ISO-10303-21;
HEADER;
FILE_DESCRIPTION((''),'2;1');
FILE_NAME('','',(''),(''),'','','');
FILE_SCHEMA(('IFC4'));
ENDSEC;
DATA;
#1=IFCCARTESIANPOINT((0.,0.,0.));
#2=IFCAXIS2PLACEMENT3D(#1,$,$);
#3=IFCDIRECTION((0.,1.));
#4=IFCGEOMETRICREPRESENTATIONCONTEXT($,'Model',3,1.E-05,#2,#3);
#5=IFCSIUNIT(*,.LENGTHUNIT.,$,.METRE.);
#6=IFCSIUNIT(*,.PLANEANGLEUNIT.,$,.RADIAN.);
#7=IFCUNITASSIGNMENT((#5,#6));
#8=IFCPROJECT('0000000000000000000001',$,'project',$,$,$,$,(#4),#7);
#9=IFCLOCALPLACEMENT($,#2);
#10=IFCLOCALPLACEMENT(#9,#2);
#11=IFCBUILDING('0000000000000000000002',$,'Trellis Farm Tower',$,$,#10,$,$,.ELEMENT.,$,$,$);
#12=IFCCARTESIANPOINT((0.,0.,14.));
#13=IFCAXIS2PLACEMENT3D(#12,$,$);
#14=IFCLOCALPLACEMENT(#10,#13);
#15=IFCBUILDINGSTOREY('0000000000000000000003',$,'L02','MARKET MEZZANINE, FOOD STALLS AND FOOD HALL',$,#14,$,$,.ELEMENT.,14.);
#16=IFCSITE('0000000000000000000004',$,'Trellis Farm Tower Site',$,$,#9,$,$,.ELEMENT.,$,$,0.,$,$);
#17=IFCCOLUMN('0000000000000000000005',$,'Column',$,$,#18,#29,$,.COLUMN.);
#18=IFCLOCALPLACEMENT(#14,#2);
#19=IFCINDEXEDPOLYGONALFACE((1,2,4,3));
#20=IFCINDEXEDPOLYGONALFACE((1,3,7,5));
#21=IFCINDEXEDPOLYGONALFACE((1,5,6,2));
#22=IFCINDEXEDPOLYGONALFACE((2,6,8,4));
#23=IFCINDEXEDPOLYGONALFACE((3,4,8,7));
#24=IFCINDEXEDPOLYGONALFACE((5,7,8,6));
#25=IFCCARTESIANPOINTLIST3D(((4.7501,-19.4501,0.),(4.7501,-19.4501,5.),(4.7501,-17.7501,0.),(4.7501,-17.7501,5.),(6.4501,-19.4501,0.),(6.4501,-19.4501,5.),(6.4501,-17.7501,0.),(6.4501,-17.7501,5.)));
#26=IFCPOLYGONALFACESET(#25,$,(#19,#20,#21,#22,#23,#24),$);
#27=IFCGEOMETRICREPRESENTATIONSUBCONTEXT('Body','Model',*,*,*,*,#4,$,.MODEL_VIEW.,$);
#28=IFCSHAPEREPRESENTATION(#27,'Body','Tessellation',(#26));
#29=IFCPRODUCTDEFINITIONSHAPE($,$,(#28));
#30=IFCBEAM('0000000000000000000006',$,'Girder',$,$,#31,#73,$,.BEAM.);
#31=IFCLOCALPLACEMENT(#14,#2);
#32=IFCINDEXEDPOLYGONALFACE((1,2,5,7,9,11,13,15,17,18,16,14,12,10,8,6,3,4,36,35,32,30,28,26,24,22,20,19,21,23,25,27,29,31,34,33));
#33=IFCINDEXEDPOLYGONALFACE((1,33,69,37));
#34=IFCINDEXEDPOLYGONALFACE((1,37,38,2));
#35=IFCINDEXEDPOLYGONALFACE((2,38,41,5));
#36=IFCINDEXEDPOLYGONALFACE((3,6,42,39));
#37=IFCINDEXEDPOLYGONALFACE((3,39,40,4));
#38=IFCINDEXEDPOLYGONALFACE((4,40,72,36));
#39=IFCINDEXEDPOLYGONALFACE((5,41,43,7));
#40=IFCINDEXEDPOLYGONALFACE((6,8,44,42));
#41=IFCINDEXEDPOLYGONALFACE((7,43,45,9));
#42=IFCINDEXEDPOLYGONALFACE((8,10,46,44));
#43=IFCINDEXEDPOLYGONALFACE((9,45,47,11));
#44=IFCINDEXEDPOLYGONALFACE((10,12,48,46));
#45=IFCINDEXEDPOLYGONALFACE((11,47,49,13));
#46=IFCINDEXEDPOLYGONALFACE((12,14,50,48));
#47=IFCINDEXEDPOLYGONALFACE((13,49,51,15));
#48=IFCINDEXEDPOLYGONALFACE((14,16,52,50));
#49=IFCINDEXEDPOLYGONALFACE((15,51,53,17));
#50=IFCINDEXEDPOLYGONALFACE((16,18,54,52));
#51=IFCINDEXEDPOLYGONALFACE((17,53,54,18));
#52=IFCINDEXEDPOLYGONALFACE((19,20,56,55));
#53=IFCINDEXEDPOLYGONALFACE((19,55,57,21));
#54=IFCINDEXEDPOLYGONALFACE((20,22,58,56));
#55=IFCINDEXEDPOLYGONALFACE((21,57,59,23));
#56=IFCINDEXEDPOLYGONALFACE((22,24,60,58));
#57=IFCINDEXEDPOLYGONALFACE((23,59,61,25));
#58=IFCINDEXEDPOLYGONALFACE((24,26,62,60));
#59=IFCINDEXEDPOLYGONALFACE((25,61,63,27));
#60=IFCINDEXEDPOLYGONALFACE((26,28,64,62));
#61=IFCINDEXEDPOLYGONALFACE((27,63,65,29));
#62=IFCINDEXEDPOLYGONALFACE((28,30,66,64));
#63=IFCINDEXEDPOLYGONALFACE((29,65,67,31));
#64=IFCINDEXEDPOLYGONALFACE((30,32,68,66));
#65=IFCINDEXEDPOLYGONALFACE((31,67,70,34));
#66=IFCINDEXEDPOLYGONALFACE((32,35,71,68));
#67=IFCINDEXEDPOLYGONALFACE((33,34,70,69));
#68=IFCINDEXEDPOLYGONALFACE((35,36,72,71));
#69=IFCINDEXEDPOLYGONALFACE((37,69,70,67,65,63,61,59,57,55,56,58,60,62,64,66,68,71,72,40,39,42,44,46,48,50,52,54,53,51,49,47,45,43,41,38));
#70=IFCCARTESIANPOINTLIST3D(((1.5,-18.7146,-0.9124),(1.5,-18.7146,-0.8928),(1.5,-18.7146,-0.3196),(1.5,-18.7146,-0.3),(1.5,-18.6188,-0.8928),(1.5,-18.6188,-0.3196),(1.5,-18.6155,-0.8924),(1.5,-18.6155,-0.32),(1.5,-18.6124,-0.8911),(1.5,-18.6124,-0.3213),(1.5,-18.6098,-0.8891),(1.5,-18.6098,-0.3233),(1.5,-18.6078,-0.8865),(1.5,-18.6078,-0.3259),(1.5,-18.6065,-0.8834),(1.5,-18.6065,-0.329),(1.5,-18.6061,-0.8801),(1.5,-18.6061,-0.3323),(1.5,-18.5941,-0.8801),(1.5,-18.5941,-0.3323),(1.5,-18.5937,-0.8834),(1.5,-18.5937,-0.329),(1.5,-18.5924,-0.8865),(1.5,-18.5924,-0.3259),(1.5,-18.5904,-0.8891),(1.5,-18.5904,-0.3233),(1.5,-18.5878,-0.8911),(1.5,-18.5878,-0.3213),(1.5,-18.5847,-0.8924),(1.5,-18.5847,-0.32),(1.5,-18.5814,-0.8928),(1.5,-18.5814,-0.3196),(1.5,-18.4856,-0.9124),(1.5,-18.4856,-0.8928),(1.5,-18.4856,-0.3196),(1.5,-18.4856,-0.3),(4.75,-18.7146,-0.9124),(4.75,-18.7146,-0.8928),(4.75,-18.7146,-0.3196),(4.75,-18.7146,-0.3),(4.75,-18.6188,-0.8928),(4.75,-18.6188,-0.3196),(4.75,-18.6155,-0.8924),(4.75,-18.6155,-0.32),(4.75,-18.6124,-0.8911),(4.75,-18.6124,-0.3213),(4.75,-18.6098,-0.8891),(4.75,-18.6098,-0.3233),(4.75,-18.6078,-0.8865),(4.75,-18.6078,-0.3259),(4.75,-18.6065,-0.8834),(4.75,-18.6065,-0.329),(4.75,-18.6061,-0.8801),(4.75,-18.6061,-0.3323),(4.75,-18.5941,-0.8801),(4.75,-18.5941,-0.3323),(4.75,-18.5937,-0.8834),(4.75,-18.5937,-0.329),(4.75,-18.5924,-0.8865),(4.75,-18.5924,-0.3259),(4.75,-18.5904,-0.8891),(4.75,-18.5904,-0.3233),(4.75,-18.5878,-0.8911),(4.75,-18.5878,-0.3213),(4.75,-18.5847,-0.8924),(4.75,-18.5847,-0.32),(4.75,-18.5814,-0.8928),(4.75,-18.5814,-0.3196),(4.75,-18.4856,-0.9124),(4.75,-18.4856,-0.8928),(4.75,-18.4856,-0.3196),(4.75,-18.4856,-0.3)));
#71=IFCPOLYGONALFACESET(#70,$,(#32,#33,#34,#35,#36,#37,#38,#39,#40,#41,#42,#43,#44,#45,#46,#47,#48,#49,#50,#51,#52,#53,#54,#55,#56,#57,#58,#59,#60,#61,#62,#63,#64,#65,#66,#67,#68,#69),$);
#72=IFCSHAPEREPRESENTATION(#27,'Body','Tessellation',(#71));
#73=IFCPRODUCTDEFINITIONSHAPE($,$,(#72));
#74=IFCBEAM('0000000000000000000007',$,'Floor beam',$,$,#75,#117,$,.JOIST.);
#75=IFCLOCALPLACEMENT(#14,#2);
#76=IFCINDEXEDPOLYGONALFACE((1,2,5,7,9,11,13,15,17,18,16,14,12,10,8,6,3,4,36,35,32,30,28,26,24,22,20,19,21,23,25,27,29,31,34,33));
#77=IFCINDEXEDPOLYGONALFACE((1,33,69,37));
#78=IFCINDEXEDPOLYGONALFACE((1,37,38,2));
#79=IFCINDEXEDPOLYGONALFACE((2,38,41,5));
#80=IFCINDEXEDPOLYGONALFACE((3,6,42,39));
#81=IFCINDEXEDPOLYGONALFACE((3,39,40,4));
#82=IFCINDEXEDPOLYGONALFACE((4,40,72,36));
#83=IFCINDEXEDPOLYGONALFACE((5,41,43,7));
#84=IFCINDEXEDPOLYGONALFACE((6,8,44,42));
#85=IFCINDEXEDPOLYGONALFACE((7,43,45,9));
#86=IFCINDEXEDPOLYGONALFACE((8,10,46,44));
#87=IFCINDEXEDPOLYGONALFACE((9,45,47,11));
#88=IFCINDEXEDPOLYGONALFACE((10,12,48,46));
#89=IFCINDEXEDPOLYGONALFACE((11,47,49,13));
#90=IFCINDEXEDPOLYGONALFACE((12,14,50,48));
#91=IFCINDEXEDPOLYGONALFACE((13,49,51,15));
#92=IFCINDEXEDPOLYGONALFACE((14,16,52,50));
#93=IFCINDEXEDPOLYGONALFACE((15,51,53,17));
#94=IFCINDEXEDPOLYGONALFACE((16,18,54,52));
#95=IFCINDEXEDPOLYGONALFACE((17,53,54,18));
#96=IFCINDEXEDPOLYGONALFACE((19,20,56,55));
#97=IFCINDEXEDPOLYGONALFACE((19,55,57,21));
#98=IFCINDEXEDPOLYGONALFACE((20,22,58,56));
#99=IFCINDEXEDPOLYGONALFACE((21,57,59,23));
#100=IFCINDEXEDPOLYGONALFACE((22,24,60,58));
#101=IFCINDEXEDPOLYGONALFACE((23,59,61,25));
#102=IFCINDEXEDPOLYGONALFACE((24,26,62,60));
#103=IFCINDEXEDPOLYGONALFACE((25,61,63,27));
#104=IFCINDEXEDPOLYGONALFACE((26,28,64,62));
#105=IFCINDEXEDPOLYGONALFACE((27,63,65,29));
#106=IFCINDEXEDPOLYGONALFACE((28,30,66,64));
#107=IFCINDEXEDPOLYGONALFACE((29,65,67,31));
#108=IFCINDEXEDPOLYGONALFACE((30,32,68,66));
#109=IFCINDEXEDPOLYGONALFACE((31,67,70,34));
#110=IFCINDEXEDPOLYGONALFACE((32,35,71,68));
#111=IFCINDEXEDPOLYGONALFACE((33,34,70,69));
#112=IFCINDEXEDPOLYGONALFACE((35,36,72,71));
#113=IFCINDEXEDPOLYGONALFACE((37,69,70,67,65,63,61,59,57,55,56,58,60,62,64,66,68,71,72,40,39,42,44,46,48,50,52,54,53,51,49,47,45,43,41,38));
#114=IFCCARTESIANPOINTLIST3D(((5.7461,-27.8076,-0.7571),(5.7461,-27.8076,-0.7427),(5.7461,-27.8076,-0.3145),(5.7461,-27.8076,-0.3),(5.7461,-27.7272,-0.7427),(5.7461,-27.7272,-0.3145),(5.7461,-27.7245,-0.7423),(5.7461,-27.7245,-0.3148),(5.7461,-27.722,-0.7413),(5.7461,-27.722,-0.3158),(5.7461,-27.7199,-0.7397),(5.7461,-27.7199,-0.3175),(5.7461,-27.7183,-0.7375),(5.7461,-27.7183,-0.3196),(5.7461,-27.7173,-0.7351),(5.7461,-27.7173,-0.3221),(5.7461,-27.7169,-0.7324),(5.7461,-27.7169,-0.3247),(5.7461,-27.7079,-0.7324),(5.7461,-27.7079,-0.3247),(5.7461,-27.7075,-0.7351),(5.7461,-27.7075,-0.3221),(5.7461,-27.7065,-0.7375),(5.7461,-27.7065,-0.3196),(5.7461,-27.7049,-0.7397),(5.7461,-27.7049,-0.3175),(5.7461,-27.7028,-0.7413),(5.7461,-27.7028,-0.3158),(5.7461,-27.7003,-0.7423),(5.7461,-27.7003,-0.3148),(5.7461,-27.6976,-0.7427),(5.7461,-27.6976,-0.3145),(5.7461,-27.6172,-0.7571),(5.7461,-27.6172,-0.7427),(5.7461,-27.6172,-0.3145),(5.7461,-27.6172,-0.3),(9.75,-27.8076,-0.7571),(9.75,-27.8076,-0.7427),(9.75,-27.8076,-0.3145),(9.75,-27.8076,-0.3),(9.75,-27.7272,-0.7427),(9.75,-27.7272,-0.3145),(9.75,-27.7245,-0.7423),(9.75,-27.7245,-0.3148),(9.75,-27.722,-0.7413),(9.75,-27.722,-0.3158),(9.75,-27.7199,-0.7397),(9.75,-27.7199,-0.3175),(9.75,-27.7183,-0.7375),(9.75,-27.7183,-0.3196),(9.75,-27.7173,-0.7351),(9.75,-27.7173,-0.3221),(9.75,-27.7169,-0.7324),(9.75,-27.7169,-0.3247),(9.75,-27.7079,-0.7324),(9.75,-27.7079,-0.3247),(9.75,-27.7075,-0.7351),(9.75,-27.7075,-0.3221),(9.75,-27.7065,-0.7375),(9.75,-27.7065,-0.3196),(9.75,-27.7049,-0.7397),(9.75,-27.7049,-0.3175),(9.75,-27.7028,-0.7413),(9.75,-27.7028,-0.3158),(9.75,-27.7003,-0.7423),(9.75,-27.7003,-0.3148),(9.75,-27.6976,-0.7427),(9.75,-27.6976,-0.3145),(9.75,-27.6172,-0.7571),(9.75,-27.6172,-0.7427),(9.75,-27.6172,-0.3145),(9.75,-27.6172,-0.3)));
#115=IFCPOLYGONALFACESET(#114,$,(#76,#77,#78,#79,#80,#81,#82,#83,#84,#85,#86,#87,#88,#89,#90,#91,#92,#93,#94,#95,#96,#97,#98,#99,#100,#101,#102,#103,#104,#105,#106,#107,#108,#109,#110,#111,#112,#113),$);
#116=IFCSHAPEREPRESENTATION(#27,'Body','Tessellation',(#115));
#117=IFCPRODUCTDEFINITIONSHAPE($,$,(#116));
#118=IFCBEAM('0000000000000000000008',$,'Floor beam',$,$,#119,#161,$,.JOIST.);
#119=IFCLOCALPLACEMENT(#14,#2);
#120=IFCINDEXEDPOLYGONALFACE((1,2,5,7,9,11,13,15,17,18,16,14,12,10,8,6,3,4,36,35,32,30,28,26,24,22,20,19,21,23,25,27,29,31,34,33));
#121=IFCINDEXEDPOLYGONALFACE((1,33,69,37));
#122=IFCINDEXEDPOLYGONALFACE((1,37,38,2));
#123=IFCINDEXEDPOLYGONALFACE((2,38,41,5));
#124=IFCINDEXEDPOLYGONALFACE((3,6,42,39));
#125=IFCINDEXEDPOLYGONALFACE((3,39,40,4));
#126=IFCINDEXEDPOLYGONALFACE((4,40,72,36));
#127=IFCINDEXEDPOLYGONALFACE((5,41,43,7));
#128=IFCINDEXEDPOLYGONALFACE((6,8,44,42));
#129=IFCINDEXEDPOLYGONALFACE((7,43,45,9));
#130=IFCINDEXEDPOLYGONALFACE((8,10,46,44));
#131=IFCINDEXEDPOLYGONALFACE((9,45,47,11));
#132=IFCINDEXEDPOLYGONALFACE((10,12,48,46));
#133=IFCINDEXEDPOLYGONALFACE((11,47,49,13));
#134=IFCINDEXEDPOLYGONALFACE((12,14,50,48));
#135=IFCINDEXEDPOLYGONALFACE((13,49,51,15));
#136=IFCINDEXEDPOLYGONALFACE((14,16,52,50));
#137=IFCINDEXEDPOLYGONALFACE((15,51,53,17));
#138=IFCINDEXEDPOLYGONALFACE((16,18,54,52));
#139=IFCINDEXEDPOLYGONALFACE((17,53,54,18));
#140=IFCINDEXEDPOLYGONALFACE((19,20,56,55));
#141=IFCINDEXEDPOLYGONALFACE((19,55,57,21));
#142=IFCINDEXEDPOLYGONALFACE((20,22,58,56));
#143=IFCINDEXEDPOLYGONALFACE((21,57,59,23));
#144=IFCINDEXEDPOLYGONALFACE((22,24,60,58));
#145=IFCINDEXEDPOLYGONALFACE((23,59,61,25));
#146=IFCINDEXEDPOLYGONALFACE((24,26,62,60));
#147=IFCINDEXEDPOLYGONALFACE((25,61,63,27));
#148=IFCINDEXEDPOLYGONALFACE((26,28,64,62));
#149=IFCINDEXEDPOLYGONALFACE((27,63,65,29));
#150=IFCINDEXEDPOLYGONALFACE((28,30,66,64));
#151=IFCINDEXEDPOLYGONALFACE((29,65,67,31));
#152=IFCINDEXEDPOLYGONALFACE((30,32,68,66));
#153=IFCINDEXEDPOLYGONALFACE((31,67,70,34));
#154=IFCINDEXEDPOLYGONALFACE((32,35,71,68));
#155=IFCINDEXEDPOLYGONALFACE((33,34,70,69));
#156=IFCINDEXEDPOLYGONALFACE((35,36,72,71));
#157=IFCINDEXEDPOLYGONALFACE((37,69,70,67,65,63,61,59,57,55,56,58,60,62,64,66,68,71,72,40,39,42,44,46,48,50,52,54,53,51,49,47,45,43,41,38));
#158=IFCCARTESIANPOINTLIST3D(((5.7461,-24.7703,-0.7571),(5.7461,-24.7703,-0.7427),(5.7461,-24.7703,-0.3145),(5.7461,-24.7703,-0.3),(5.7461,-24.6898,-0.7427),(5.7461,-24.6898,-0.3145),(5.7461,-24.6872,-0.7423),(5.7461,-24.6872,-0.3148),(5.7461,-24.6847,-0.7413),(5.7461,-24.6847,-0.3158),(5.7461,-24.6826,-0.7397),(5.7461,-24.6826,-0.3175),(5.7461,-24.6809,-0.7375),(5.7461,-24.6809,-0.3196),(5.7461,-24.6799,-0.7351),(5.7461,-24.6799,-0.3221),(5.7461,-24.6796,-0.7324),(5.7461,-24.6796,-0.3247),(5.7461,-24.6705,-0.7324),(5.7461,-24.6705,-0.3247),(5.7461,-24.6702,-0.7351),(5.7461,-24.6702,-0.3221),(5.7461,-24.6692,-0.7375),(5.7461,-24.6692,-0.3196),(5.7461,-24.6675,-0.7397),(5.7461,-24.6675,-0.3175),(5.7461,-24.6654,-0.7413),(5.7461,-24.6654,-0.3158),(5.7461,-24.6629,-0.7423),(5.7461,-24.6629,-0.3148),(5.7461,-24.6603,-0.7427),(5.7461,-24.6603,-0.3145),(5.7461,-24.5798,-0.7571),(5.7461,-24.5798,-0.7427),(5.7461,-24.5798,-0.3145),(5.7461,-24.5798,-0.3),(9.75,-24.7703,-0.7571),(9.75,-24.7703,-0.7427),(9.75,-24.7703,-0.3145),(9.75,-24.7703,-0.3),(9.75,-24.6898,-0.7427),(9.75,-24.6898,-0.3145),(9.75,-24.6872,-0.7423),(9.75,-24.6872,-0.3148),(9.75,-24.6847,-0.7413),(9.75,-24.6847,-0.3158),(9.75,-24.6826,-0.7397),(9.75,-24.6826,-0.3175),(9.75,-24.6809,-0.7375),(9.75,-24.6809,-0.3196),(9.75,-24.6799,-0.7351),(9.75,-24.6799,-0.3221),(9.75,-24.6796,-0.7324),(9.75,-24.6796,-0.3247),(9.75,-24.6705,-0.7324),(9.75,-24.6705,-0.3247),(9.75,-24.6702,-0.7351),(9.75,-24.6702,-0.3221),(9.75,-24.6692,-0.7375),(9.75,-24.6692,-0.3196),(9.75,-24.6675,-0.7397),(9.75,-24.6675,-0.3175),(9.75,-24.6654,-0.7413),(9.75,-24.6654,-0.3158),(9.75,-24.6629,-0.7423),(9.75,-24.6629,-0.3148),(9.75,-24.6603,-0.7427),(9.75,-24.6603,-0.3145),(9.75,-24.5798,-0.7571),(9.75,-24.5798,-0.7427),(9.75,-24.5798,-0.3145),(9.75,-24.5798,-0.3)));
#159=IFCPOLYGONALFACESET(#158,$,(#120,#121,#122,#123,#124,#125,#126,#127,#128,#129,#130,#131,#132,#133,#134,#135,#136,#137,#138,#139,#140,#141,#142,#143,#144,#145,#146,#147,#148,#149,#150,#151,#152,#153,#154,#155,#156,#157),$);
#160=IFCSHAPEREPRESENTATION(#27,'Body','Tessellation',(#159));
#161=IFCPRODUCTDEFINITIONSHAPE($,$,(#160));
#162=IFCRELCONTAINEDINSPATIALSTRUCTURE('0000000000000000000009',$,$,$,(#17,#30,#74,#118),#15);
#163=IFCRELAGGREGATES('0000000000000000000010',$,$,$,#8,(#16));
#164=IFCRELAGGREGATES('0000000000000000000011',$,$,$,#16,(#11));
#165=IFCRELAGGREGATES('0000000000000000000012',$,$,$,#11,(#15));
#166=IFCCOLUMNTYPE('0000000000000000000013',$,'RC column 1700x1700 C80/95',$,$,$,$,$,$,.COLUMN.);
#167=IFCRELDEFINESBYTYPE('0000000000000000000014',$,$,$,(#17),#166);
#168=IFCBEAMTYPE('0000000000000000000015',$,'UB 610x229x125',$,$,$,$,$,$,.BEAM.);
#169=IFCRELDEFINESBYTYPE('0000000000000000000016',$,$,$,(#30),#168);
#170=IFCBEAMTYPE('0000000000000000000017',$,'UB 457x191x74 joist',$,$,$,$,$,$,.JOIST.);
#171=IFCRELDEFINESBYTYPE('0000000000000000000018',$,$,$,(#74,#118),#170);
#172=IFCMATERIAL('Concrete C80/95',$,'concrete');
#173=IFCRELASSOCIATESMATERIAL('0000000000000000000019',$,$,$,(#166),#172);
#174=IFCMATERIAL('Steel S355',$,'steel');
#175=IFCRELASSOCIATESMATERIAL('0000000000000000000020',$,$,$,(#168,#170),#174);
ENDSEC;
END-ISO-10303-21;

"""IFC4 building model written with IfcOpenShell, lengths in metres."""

from ifc_helpers import new_model, si_unit, direction, frame, origin, origin_2d, place, context, subcontext, project, spatial, rectangle, i_section, extrude, source, transform, mapped, material, material_profile, profile_set, type_object, element, save


model = new_model("IFC4")

# Units and contexts
model_context = context("Model", 3, precision=1e-05, world=origin(), true_north=direction((0.0, 1.0)))
body_context = subcontext(model_context, "Body", "Model", "MODEL_VIEW")
ifc_project = project(units=[si_unit("LENGTHUNIT", "METRE"), si_unit("PLANEANGLEUNIT", "RADIAN")], contexts=[model_context])

# Site, building, storey
site_placement = place(None, origin())
site = spatial("IfcSite", under=ifc_project, at=site_placement, Name="Trellis Farm Tower Site", CompositionType="ELEMENT", RefElevation=0.0)
building_placement = place(site_placement, origin())
building = spatial("IfcBuilding", under=site, at=building_placement, Name="Trellis Farm Tower", CompositionType="ELEMENT")
storey_placement = place(building_placement, frame((0.0, 0.0, 14.0)))
storey = spatial("IfcBuildingStorey", under=building, at=storey_placement, Name="L02", Description="MARKET MEZZANINE, FOOD STALLS AND FOOD HALL", CompositionType="ELEMENT", Elevation=14.0)

# Column
ifc_material_1 = material(Name="Concrete C80/95", Category="concrete")
ifc_material_profile_1 = material_profile(ifc_material_1, rectangle(XDim=1.7, YDim=1.7, at=origin_2d()), Name="RC column 1700x1700 C80/95")
ifc_profile_set_1 = profile_set([ifc_material_profile_1], Name="Concrete C80/95")
column_type = type_object("IfcColumnType", Name="RC column 1700x1700 C80/95", PredefinedType="COLUMN", material=ifc_profile_set_1)
shared_shape_1 = source(origin(), body_context, "Body", "SweptSolid", [
    extrude(rectangle(XDim=1.7, YDim=1.7, at=origin_2d()), origin(), (0.0, 0.0, 1.0), 5.0),
])
column_placement = place(storey_placement, frame((5.6001, -18.6001, 0.0), z_axis=(0.0, 0.0, 1.0), x_axis=(1.0, 0.0, 0.0)))
element("IfcColumn", 1, at=column_placement, inside=storey, type_object=column_type, Name="Column", PredefinedType="COLUMN", context=body_context, shape_type="MappedRepresentation", body=[
    mapped(shared_shape_1, transform((0.0, 0.0, 0.0))),
])

# Beams
ifc_material_2 = material(Name="Steel S355", Category="steel")
ifc_material_profile_2 = material_profile(ifc_material_2, i_section(OverallWidth=0.229, OverallDepth=0.6123, WebThickness=0.012, FlangeThickness=0.0195, FilletRadius=0.0127, at=origin_2d()), Name="UB 610x229x125")
ifc_profile_set_2 = profile_set([ifc_material_profile_2], Name="Steel S355")
beam_type_1 = type_object("IfcBeamType", Name="UB 610x229x125", PredefinedType="BEAM", material=ifc_profile_set_2)
shared_shape_2 = source(origin(), body_context, "Body", "SweptSolid", [
    extrude(i_section(OverallWidth=0.229, OverallDepth=0.6123, WebThickness=0.012, FlangeThickness=0.0195, FilletRadius=0.0127, at=origin_2d()), origin(), (0.0, 0.0, 1.0), 3.25),
])
beam_placement = place(storey_placement, frame((1.5, -18.6001, -0.6062), z_axis=(1.0, 0.0, 0.0), x_axis=(0.0, 1.0, 0.0)))
element("IfcBeam", 2, at=beam_placement, inside=storey, type_object=beam_type_1, Name="Girder", PredefinedType="BEAM", context=body_context, shape_type="MappedRepresentation", body=[
    mapped(shared_shape_2, transform((0.0, 0.0, 0.0))),
])
ifc_material_profile_3 = material_profile(ifc_material_2, i_section(OverallWidth=0.1904, OverallDepth=0.457, WebThickness=0.009, FlangeThickness=0.0144, FilletRadius=0.0103, at=origin_2d()), Name="UB 457x191x74")
ifc_profile_set_3 = profile_set([ifc_material_profile_3], Name="Steel S355")
beam_type_2 = type_object("IfcBeamType", Name="UB 457x191x74 joist", PredefinedType="JOIST", material=ifc_profile_set_3)
shared_shape_3 = source(origin(), body_context, "Body", "SweptSolid", [
    extrude(i_section(OverallWidth=0.1904, OverallDepth=0.457, WebThickness=0.009, FlangeThickness=0.0144, FilletRadius=0.0103, at=origin_2d()), origin(), (0.0, 0.0, 1.0), 4.0039),
])
for number, where, z_axis, x_axis, name in (
    (3, (5.7461, -27.7124, -0.5286), (1.0, 0.0, 0.0), (0.0, 1.0, 0.0), "Floor beam"),
    (4, (5.7461, -24.675, -0.5286), (1.0, 0.0, 0.0), (0.0, 1.0, 0.0), "Floor beam"),
):
    element("IfcBeam", number, at=place(storey_placement, frame(where, z_axis=z_axis, x_axis=x_axis)), inside=storey, type_object=beam_type_2, Name=name, PredefinedType="JOIST", context=body_context, shape_type="MappedRepresentation", body=[
        mapped(shared_shape_3, transform((0.0, 0.0, 0.0))),
    ])

save(model, "model.ifc")
